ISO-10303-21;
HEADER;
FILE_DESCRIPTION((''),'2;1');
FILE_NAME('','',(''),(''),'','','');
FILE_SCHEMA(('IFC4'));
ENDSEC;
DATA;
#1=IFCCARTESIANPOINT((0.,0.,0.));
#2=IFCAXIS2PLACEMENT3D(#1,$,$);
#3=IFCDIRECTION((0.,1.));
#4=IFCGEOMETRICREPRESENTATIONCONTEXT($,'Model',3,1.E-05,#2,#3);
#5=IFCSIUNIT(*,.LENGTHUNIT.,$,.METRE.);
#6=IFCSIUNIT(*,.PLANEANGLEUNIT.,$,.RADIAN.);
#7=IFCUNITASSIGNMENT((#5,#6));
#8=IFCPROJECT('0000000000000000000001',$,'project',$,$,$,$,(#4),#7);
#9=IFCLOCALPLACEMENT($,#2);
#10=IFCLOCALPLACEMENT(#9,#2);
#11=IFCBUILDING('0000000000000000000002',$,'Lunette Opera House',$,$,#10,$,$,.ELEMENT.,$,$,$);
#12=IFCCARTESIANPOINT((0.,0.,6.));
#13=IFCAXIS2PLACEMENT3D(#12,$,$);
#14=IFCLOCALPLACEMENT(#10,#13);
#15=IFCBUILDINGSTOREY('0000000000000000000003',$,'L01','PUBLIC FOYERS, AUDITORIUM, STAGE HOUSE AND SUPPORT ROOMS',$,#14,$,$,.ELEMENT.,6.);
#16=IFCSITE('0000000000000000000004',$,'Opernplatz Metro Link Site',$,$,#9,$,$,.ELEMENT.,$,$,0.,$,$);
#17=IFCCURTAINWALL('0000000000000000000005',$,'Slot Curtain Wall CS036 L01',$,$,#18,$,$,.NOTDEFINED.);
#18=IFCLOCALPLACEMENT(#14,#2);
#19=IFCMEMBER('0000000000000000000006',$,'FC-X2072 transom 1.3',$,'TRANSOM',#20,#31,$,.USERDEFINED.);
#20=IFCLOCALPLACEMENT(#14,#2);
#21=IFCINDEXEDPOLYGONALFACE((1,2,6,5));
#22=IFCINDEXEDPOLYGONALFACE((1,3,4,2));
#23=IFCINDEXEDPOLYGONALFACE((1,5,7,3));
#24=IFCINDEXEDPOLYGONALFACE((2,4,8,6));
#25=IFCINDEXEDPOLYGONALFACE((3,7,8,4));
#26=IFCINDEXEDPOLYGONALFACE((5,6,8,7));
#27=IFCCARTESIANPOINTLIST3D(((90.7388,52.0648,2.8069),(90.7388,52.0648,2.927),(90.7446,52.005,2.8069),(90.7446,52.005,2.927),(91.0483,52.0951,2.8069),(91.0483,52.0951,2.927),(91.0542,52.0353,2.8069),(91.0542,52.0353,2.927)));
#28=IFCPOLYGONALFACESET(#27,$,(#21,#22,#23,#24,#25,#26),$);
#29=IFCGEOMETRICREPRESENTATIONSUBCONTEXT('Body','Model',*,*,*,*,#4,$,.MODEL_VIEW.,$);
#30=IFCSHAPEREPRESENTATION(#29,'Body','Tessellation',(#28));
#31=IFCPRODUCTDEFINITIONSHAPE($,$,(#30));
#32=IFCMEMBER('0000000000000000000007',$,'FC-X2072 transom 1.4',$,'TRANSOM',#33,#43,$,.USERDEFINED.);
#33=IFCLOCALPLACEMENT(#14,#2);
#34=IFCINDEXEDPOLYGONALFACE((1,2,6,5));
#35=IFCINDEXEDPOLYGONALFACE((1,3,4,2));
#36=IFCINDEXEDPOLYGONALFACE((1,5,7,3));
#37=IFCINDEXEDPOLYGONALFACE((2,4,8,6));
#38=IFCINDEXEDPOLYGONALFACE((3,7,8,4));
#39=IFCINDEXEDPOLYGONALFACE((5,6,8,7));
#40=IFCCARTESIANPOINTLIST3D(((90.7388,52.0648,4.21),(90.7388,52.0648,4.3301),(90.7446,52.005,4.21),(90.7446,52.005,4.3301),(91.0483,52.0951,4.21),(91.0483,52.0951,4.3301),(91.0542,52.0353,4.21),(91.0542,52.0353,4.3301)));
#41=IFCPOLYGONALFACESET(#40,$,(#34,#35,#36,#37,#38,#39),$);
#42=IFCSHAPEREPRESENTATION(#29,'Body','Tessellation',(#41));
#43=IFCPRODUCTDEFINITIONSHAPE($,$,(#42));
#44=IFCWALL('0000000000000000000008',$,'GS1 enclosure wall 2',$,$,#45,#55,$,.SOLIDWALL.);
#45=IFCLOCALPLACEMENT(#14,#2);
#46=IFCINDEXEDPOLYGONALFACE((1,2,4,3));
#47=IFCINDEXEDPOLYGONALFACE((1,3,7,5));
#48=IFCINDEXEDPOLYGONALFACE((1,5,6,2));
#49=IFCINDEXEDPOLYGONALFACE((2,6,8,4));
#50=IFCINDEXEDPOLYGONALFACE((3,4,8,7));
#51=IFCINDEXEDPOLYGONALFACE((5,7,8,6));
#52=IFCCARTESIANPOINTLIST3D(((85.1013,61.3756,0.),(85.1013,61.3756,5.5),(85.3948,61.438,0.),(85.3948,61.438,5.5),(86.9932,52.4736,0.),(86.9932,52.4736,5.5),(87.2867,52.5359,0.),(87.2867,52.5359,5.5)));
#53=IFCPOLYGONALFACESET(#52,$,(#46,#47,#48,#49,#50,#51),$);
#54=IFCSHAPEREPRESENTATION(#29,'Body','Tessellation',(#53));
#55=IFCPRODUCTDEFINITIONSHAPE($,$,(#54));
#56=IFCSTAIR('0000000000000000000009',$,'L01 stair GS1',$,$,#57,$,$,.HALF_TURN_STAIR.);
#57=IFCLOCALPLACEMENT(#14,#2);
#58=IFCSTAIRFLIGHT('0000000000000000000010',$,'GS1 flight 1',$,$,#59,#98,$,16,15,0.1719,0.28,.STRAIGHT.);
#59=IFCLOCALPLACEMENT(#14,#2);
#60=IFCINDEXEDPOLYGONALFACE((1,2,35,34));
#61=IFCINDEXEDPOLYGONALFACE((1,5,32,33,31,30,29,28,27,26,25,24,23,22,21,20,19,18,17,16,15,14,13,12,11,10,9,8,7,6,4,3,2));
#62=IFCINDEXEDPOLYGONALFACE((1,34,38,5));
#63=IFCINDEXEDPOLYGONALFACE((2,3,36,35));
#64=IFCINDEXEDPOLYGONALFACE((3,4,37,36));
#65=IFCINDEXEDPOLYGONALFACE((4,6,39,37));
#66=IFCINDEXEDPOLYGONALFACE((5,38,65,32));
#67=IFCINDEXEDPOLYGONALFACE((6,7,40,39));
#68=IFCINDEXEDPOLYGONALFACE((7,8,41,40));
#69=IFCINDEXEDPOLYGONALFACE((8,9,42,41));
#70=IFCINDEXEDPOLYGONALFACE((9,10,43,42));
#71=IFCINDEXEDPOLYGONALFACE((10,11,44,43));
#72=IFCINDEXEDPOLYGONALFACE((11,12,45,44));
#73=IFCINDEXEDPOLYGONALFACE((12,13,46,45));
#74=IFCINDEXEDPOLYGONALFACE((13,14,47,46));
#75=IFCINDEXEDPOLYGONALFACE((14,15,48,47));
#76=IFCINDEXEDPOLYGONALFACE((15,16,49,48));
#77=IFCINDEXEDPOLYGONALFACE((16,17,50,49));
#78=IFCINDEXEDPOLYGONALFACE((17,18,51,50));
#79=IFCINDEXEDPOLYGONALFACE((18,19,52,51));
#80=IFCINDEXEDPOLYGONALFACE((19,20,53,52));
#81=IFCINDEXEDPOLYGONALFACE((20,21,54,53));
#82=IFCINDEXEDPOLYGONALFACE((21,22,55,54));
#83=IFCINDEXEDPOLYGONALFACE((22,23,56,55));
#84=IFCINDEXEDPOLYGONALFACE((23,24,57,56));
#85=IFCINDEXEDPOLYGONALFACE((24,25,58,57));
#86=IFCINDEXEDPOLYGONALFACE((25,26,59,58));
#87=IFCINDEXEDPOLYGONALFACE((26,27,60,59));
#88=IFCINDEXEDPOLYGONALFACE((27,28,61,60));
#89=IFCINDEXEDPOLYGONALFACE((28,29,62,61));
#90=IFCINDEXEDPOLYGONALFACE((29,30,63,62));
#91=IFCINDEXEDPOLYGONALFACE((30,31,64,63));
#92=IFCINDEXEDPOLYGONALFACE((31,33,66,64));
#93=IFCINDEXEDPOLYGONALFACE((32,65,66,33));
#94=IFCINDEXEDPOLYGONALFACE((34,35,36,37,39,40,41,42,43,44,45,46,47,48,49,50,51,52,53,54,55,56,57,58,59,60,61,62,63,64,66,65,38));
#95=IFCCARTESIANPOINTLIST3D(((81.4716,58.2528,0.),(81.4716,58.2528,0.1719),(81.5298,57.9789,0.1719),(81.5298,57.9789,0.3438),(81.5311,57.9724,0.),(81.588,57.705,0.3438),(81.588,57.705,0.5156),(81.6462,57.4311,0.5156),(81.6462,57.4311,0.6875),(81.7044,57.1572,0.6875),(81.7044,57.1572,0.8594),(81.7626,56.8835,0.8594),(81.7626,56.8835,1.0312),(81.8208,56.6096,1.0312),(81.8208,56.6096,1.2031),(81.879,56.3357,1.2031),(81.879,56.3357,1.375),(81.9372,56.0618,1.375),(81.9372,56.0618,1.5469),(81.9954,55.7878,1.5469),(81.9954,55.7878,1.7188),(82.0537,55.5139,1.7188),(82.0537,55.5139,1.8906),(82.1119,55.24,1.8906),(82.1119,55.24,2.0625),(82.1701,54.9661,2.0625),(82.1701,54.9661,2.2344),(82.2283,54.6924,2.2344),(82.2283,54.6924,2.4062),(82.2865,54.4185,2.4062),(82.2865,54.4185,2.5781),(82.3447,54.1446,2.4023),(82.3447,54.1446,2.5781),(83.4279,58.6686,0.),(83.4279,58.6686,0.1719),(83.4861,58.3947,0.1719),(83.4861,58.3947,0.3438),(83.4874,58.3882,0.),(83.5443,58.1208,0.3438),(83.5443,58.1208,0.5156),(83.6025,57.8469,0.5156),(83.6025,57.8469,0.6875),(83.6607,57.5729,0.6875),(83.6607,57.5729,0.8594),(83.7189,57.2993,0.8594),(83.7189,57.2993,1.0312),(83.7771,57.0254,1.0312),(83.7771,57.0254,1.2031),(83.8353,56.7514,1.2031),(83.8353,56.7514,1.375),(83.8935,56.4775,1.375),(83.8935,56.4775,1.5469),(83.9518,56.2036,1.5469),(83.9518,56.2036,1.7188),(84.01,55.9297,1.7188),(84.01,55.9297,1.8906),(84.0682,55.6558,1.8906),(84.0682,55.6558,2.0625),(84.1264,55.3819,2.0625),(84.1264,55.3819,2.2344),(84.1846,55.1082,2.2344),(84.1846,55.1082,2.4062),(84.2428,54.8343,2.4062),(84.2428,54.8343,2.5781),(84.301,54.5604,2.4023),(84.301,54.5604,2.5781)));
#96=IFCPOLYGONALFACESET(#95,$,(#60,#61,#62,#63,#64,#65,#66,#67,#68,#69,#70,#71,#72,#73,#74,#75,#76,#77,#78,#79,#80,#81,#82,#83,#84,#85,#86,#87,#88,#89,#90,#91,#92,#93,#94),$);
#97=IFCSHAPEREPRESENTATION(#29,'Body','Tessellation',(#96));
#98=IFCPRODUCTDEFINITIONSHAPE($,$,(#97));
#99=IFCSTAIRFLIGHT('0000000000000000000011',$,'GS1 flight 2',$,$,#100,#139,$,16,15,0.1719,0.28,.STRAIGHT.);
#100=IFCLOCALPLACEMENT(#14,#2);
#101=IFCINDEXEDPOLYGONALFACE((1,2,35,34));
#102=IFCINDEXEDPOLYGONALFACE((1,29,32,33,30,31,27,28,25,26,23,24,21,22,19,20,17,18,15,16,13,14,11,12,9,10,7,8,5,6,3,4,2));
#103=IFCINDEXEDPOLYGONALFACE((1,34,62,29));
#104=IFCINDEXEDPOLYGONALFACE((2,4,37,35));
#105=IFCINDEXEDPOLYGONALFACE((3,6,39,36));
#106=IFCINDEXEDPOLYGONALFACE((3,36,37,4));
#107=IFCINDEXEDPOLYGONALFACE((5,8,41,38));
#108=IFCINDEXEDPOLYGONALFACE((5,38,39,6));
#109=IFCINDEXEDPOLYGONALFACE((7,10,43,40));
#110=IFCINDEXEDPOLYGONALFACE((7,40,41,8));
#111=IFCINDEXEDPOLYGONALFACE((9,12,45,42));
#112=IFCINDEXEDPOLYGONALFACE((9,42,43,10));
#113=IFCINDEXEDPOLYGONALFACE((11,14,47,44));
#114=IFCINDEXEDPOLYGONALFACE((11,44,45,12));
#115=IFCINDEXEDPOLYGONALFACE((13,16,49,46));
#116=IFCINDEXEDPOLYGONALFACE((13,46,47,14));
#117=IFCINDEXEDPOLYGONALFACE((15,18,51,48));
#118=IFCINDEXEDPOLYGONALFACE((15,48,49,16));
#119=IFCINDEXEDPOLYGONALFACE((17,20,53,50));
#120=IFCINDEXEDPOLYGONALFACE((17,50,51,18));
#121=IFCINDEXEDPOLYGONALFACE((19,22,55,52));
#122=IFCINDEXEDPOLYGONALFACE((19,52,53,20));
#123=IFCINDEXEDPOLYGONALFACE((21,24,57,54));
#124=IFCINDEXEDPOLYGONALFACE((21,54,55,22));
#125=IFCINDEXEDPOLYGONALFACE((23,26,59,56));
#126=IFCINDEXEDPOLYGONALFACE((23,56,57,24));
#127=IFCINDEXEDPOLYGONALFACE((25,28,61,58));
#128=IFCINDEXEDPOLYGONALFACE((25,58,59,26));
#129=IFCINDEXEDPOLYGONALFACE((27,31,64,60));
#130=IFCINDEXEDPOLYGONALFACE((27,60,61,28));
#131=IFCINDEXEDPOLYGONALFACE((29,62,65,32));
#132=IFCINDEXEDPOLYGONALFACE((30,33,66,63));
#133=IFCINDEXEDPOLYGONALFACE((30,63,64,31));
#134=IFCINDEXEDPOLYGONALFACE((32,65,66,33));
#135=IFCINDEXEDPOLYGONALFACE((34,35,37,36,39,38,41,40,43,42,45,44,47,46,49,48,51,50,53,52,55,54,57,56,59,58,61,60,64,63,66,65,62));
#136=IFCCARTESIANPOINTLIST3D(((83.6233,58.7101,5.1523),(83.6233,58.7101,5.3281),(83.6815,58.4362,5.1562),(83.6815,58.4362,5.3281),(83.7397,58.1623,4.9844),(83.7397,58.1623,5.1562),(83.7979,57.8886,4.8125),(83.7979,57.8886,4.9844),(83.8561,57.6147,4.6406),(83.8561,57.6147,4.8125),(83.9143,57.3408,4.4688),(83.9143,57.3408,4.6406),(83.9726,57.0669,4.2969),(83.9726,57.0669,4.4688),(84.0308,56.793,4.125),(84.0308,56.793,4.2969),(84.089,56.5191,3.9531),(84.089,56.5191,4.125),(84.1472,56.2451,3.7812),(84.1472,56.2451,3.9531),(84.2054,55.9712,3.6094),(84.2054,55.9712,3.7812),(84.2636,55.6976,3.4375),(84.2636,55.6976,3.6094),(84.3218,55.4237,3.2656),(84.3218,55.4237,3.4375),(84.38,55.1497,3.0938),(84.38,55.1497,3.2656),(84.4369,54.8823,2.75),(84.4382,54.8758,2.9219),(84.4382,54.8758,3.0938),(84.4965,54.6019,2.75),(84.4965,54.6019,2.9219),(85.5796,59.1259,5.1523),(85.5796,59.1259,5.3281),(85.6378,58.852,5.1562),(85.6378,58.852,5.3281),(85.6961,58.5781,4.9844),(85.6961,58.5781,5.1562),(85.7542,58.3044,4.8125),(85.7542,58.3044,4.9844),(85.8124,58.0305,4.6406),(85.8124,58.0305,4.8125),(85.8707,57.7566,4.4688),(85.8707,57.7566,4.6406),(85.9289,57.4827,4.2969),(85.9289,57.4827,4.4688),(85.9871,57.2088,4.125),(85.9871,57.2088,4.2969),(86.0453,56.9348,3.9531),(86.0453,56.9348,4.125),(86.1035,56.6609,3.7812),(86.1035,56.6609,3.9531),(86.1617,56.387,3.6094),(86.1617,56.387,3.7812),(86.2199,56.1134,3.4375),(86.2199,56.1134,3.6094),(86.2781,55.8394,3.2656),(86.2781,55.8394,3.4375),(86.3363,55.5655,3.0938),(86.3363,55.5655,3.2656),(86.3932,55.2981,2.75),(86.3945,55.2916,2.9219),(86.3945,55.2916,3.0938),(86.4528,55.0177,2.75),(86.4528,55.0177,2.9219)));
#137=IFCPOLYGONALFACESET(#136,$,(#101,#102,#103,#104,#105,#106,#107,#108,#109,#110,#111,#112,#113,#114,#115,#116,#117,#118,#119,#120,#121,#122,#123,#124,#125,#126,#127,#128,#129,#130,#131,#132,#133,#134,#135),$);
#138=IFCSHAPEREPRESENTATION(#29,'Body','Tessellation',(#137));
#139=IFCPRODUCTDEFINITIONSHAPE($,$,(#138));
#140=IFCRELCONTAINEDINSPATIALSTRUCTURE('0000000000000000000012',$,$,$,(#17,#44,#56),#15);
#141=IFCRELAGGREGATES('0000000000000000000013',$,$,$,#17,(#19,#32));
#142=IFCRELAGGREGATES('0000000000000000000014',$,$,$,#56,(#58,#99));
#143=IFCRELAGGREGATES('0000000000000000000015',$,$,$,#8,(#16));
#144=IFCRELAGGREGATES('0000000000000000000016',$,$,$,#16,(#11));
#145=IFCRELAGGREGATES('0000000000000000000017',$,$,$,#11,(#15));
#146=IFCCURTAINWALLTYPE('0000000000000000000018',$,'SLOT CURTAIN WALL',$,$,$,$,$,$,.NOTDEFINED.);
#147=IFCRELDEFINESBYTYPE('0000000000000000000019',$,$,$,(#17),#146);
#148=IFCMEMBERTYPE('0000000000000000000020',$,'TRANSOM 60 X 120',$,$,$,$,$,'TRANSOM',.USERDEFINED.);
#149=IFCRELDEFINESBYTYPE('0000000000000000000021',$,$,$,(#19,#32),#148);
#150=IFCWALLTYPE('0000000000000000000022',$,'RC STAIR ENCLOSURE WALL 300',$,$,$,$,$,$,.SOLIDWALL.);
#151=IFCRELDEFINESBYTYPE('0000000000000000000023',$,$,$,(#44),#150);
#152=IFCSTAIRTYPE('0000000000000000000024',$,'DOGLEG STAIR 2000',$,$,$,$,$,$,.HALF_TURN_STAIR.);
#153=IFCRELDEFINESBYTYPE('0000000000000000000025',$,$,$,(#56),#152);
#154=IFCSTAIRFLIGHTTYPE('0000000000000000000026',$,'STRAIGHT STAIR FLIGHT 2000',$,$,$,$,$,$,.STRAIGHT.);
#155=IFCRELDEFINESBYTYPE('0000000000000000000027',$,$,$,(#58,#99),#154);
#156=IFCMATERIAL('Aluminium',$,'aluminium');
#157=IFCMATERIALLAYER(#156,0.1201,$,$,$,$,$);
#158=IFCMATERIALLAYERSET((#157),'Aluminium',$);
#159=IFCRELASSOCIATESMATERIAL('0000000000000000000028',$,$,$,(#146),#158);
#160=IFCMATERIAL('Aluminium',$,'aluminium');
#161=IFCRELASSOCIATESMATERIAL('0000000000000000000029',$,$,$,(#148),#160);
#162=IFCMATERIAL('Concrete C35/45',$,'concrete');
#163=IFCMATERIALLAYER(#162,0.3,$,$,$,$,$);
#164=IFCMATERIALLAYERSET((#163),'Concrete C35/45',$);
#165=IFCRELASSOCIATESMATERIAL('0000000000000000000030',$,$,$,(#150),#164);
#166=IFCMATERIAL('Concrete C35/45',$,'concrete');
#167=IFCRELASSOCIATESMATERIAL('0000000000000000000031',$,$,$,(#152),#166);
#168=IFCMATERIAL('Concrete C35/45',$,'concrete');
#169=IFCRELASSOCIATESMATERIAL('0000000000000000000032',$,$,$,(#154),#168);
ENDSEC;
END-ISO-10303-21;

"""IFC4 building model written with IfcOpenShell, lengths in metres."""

from ifc_helpers import new_model, si_unit, direction, frame, frame_2d, origin, origin_2d, place, context, subcontext, project, spatial, polyline, rectangle, outline, extrude, material, layer, layer_set, material_profile, profile_set, type_object, element, aggregate, save


model = new_model("IFC4")

# Units and contexts
model_context = context("Model", 3, precision=1e-05, world=origin(), true_north=direction((0.0, 1.0)))
body_context = subcontext(model_context, "Body", "Model", "MODEL_VIEW")
ifc_project = project(units=[si_unit("LENGTHUNIT", "METRE"), si_unit("PLANEANGLEUNIT", "RADIAN")], contexts=[model_context])

# Site, building, storey
site_placement = place(None, origin())
site = spatial("IfcSite", under=ifc_project, at=site_placement, Name="Opernplatz Metro Link Site", CompositionType="ELEMENT", RefElevation=0.0)
building_placement = place(site_placement, origin())
building = spatial("IfcBuilding", under=site, at=building_placement, Name="Lunette Opera House", CompositionType="ELEMENT")
storey_placement = place(building_placement, frame((0.0, 0.0, 6.0)))
storey = spatial("IfcBuildingStorey", under=building, at=storey_placement, Name="L01", Description="PUBLIC FOYERS, AUDITORIUM, STAGE HOUSE AND SUPPORT ROOMS", CompositionType="ELEMENT", Elevation=6.0)

# Curtain wall
ifc_material_1 = material(Name="Aluminium", Category="aluminium")
ifc_layer_1 = layer(ifc_material_1, 0.1201)
ifc_layer_set_1 = layer_set([ifc_layer_1], Name="Aluminium")
curtain_wall_type = type_object("IfcCurtainWallType", Name="SLOT CURTAIN WALL", PredefinedType="NOTDEFINED", material=ifc_layer_set_1)
curtain_wall_placement = place(storey_placement, origin())
curtain_wall = element("IfcCurtainWall", 1, at=curtain_wall_placement, inside=storey, type_object=curtain_wall_type, Name="Slot Curtain Wall CS036 L01", PredefinedType="NOTDEFINED")

# Members
ifc_material_2 = material(Name="Aluminium", Category="aluminium")
ifc_material_profile_1 = material_profile(ifc_material_2, rectangle(XDim=0.0601, YDim=0.1201, at=origin_2d()), Name="TRANSOM 60 X 120")
ifc_profile_set_1 = profile_set([ifc_material_profile_1], Name="Aluminium")
member_type_1 = type_object("IfcMemberType", Name="TRANSOM 60 X 120", ElementType="TRANSOM", PredefinedType="USERDEFINED", material=ifc_profile_set_1)
member_1_placement = place(storey_placement, frame((90.7417, 52.0349, 2.8669), z_axis=(0.995252, 0.097328, 0.0), x_axis=(-0.097328, 0.995252, 0.0)))
member_1 = element("IfcMember", 2, at=member_1_placement, type_object=member_type_1, Name="FC-X2072 transom 1.3", ObjectType="TRANSOM", PredefinedType="USERDEFINED", context=body_context, shape_type="SweptSolid", body=[
    extrude(rectangle(XDim=0.0601, YDim=0.1201, at=origin_2d()), origin(), (0.0, 0.0, 1.0), 0.311),
])
member_2_placement = place(storey_placement, frame((90.7417, 52.0349, 4.27), z_axis=(0.995252, 0.097328, 0.0), x_axis=(-0.097328, 0.995252, 0.0)))
member_2 = element("IfcMember", 3, at=member_2_placement, type_object=member_type_1, Name="FC-X2072 transom 1.4", ObjectType="TRANSOM", PredefinedType="USERDEFINED", context=body_context, shape_type="SweptSolid", body=[
    extrude(rectangle(XDim=0.0601, YDim=0.1201, at=origin_2d()), origin(), (0.0, 0.0, 1.0), 0.311),
])
aggregate(curtain_wall, [member_1, member_2])

# Wall
ifc_material_3 = material(Name="Concrete C35/45", Category="concrete")
ifc_layer_2 = layer(ifc_material_3, 0.3)
ifc_layer_set_2 = layer_set([ifc_layer_2], Name="Concrete C35/45")
wall_type = type_object("IfcWallType", Name="RC STAIR ENCLOSURE WALL 300", PredefinedType="SOLIDWALL", material=ifc_layer_set_2)
wall_1_placement = place(storey_placement, frame((87.1399, 52.5049, 0.0), z_axis=(0.0, 0.0, 1.0), x_axis=(-0.207874, 0.978156, 0.0)))
element("IfcWall", 4, at=wall_1_placement, inside=storey, type_object=wall_type, Name="GS1 enclosure wall 2", PredefinedType="SOLIDWALL", context=body_context, shape_type="SweptSolid", body=[
    extrude(rectangle(XDim=9.1008, YDim=0.3, at=frame_2d((4.5503, 0.0))), origin(), (0.0, 0.0, 1.0), 5.5),
])

# Stair, stair flights
ifc_material_4 = material(Name="Concrete C35/45", Category="concrete")
stair_type = type_object("IfcStairType", Name="DOGLEG STAIR 2000", PredefinedType="HALF_TURN_STAIR", material=ifc_material_4)
stair_placement = place(storey_placement, origin())
stair = element("IfcStair", 5, at=stair_placement, inside=storey, type_object=stair_type, Name="L01 stair GS1", PredefinedType="HALF_TURN_STAIR")
ifc_material_5 = material(Name="Concrete C35/45", Category="concrete")
stair_flight_type = type_object("IfcStairFlightType", Name="STRAIGHT STAIR FLIGHT 2000", PredefinedType="STRAIGHT", material=ifc_material_5)
stair_flight_1_placement = place(storey_placement, frame((82.4497, 58.4607, 0.0), z_axis=(0.0, 0.0, 1.0), x_axis=(0.207893, -0.978152, 0.0)))
stair_flight_1 = element("IfcStairFlight", 6, at=stair_flight_1_placement, type_object=stair_flight_type, Name="GS1 flight 1", NumberOfRisers=16, NumberOfTreads=15, PredefinedType="STRAIGHT", RiserHeight=0.1719, TreadLength=0.28, context=body_context, shape_type="SweptSolid", body=[
    extrude(outline(polyline([(0.0, 0.0), (0.0, 0.1719), (0.28, 0.1719), (0.28, 0.3438), (0.5601, 0.3438), (0.5601, 0.5156), (0.8401, 0.5156), (0.8401, 0.6875), (1.1201, 0.6875), (1.1201, 0.8594), (1.3999, 0.8594), (1.3999, 1.0312), (1.6799, 1.0312), (1.6799, 1.2031), (1.96, 1.2031), (1.96, 1.375), (2.24, 1.375), (2.24, 1.5469), (2.52, 1.5469), (2.52, 1.7188), (2.8, 1.7188), (2.8, 1.8906), (3.0801, 1.8906), (3.0801, 2.0625), (3.3601, 2.0625), (3.3601, 2.2344), (3.6399, 2.2344), (3.6399, 2.4062), (3.9199, 2.4062), (3.9199, 2.5781), (4.2, 2.5781), (4.2, 2.75), (4.2, 2.4023), (0.2866, 0.0), (0.0, 0.0)])), frame((0.0, 1.0, 0.0), z_axis=(0.0, -1.0, 0.0), x_axis=(1.0, 0.0, 0.0)), (0.0, 0.0, 1.0), 2.0),
])
stair_flight_2_placement = place(storey_placement, frame((85.4746, 54.8098, 2.75), z_axis=(0.0, 0.0, 1.0), x_axis=(-0.207893, 0.978152, 0.0)))
stair_flight_2 = element("IfcStairFlight", 7, at=stair_flight_2_placement, type_object=stair_flight_type, Name="GS1 flight 2", NumberOfRisers=16, NumberOfTreads=15, PredefinedType="STRAIGHT", RiserHeight=0.1719, TreadLength=0.28, context=body_context, shape_type="SweptSolid", body=[
    extrude(outline(polyline([(0.0, 0.0), (0.0, 0.1719), (0.28, 0.1719), (0.28, 0.3438), (0.5601, 0.3438), (0.5601, 0.5156), (0.8401, 0.5156), (0.8401, 0.6875), (1.1201, 0.6875), (1.1201, 0.8594), (1.3999, 0.8594), (1.3999, 1.0312), (1.6799, 1.0312), (1.6799, 1.2031), (1.96, 1.2031), (1.96, 1.375), (2.24, 1.375), (2.24, 1.5469), (2.52, 1.5469), (2.52, 1.7188), (2.8, 1.7188), (2.8, 1.8906), (3.0801, 1.8906), (3.0801, 2.0625), (3.3601, 2.0625), (3.3601, 2.2344), (3.6399, 2.2344), (3.6399, 2.4062), (3.9199, 2.4062), (3.9199, 2.5781), (4.2, 2.5781), (4.2, 2.75), (4.2, 2.4023), (0.2866, 0.0), (0.0, 0.0)])), frame((0.0, 1.0, 0.0), z_axis=(0.0, -1.0, 0.0), x_axis=(1.0, 0.0, 0.0)), (0.0, 0.0, 1.0), 2.0),
])
aggregate(stair, [stair_flight_1, stair_flight_2])

save(model, "model.ifc")
